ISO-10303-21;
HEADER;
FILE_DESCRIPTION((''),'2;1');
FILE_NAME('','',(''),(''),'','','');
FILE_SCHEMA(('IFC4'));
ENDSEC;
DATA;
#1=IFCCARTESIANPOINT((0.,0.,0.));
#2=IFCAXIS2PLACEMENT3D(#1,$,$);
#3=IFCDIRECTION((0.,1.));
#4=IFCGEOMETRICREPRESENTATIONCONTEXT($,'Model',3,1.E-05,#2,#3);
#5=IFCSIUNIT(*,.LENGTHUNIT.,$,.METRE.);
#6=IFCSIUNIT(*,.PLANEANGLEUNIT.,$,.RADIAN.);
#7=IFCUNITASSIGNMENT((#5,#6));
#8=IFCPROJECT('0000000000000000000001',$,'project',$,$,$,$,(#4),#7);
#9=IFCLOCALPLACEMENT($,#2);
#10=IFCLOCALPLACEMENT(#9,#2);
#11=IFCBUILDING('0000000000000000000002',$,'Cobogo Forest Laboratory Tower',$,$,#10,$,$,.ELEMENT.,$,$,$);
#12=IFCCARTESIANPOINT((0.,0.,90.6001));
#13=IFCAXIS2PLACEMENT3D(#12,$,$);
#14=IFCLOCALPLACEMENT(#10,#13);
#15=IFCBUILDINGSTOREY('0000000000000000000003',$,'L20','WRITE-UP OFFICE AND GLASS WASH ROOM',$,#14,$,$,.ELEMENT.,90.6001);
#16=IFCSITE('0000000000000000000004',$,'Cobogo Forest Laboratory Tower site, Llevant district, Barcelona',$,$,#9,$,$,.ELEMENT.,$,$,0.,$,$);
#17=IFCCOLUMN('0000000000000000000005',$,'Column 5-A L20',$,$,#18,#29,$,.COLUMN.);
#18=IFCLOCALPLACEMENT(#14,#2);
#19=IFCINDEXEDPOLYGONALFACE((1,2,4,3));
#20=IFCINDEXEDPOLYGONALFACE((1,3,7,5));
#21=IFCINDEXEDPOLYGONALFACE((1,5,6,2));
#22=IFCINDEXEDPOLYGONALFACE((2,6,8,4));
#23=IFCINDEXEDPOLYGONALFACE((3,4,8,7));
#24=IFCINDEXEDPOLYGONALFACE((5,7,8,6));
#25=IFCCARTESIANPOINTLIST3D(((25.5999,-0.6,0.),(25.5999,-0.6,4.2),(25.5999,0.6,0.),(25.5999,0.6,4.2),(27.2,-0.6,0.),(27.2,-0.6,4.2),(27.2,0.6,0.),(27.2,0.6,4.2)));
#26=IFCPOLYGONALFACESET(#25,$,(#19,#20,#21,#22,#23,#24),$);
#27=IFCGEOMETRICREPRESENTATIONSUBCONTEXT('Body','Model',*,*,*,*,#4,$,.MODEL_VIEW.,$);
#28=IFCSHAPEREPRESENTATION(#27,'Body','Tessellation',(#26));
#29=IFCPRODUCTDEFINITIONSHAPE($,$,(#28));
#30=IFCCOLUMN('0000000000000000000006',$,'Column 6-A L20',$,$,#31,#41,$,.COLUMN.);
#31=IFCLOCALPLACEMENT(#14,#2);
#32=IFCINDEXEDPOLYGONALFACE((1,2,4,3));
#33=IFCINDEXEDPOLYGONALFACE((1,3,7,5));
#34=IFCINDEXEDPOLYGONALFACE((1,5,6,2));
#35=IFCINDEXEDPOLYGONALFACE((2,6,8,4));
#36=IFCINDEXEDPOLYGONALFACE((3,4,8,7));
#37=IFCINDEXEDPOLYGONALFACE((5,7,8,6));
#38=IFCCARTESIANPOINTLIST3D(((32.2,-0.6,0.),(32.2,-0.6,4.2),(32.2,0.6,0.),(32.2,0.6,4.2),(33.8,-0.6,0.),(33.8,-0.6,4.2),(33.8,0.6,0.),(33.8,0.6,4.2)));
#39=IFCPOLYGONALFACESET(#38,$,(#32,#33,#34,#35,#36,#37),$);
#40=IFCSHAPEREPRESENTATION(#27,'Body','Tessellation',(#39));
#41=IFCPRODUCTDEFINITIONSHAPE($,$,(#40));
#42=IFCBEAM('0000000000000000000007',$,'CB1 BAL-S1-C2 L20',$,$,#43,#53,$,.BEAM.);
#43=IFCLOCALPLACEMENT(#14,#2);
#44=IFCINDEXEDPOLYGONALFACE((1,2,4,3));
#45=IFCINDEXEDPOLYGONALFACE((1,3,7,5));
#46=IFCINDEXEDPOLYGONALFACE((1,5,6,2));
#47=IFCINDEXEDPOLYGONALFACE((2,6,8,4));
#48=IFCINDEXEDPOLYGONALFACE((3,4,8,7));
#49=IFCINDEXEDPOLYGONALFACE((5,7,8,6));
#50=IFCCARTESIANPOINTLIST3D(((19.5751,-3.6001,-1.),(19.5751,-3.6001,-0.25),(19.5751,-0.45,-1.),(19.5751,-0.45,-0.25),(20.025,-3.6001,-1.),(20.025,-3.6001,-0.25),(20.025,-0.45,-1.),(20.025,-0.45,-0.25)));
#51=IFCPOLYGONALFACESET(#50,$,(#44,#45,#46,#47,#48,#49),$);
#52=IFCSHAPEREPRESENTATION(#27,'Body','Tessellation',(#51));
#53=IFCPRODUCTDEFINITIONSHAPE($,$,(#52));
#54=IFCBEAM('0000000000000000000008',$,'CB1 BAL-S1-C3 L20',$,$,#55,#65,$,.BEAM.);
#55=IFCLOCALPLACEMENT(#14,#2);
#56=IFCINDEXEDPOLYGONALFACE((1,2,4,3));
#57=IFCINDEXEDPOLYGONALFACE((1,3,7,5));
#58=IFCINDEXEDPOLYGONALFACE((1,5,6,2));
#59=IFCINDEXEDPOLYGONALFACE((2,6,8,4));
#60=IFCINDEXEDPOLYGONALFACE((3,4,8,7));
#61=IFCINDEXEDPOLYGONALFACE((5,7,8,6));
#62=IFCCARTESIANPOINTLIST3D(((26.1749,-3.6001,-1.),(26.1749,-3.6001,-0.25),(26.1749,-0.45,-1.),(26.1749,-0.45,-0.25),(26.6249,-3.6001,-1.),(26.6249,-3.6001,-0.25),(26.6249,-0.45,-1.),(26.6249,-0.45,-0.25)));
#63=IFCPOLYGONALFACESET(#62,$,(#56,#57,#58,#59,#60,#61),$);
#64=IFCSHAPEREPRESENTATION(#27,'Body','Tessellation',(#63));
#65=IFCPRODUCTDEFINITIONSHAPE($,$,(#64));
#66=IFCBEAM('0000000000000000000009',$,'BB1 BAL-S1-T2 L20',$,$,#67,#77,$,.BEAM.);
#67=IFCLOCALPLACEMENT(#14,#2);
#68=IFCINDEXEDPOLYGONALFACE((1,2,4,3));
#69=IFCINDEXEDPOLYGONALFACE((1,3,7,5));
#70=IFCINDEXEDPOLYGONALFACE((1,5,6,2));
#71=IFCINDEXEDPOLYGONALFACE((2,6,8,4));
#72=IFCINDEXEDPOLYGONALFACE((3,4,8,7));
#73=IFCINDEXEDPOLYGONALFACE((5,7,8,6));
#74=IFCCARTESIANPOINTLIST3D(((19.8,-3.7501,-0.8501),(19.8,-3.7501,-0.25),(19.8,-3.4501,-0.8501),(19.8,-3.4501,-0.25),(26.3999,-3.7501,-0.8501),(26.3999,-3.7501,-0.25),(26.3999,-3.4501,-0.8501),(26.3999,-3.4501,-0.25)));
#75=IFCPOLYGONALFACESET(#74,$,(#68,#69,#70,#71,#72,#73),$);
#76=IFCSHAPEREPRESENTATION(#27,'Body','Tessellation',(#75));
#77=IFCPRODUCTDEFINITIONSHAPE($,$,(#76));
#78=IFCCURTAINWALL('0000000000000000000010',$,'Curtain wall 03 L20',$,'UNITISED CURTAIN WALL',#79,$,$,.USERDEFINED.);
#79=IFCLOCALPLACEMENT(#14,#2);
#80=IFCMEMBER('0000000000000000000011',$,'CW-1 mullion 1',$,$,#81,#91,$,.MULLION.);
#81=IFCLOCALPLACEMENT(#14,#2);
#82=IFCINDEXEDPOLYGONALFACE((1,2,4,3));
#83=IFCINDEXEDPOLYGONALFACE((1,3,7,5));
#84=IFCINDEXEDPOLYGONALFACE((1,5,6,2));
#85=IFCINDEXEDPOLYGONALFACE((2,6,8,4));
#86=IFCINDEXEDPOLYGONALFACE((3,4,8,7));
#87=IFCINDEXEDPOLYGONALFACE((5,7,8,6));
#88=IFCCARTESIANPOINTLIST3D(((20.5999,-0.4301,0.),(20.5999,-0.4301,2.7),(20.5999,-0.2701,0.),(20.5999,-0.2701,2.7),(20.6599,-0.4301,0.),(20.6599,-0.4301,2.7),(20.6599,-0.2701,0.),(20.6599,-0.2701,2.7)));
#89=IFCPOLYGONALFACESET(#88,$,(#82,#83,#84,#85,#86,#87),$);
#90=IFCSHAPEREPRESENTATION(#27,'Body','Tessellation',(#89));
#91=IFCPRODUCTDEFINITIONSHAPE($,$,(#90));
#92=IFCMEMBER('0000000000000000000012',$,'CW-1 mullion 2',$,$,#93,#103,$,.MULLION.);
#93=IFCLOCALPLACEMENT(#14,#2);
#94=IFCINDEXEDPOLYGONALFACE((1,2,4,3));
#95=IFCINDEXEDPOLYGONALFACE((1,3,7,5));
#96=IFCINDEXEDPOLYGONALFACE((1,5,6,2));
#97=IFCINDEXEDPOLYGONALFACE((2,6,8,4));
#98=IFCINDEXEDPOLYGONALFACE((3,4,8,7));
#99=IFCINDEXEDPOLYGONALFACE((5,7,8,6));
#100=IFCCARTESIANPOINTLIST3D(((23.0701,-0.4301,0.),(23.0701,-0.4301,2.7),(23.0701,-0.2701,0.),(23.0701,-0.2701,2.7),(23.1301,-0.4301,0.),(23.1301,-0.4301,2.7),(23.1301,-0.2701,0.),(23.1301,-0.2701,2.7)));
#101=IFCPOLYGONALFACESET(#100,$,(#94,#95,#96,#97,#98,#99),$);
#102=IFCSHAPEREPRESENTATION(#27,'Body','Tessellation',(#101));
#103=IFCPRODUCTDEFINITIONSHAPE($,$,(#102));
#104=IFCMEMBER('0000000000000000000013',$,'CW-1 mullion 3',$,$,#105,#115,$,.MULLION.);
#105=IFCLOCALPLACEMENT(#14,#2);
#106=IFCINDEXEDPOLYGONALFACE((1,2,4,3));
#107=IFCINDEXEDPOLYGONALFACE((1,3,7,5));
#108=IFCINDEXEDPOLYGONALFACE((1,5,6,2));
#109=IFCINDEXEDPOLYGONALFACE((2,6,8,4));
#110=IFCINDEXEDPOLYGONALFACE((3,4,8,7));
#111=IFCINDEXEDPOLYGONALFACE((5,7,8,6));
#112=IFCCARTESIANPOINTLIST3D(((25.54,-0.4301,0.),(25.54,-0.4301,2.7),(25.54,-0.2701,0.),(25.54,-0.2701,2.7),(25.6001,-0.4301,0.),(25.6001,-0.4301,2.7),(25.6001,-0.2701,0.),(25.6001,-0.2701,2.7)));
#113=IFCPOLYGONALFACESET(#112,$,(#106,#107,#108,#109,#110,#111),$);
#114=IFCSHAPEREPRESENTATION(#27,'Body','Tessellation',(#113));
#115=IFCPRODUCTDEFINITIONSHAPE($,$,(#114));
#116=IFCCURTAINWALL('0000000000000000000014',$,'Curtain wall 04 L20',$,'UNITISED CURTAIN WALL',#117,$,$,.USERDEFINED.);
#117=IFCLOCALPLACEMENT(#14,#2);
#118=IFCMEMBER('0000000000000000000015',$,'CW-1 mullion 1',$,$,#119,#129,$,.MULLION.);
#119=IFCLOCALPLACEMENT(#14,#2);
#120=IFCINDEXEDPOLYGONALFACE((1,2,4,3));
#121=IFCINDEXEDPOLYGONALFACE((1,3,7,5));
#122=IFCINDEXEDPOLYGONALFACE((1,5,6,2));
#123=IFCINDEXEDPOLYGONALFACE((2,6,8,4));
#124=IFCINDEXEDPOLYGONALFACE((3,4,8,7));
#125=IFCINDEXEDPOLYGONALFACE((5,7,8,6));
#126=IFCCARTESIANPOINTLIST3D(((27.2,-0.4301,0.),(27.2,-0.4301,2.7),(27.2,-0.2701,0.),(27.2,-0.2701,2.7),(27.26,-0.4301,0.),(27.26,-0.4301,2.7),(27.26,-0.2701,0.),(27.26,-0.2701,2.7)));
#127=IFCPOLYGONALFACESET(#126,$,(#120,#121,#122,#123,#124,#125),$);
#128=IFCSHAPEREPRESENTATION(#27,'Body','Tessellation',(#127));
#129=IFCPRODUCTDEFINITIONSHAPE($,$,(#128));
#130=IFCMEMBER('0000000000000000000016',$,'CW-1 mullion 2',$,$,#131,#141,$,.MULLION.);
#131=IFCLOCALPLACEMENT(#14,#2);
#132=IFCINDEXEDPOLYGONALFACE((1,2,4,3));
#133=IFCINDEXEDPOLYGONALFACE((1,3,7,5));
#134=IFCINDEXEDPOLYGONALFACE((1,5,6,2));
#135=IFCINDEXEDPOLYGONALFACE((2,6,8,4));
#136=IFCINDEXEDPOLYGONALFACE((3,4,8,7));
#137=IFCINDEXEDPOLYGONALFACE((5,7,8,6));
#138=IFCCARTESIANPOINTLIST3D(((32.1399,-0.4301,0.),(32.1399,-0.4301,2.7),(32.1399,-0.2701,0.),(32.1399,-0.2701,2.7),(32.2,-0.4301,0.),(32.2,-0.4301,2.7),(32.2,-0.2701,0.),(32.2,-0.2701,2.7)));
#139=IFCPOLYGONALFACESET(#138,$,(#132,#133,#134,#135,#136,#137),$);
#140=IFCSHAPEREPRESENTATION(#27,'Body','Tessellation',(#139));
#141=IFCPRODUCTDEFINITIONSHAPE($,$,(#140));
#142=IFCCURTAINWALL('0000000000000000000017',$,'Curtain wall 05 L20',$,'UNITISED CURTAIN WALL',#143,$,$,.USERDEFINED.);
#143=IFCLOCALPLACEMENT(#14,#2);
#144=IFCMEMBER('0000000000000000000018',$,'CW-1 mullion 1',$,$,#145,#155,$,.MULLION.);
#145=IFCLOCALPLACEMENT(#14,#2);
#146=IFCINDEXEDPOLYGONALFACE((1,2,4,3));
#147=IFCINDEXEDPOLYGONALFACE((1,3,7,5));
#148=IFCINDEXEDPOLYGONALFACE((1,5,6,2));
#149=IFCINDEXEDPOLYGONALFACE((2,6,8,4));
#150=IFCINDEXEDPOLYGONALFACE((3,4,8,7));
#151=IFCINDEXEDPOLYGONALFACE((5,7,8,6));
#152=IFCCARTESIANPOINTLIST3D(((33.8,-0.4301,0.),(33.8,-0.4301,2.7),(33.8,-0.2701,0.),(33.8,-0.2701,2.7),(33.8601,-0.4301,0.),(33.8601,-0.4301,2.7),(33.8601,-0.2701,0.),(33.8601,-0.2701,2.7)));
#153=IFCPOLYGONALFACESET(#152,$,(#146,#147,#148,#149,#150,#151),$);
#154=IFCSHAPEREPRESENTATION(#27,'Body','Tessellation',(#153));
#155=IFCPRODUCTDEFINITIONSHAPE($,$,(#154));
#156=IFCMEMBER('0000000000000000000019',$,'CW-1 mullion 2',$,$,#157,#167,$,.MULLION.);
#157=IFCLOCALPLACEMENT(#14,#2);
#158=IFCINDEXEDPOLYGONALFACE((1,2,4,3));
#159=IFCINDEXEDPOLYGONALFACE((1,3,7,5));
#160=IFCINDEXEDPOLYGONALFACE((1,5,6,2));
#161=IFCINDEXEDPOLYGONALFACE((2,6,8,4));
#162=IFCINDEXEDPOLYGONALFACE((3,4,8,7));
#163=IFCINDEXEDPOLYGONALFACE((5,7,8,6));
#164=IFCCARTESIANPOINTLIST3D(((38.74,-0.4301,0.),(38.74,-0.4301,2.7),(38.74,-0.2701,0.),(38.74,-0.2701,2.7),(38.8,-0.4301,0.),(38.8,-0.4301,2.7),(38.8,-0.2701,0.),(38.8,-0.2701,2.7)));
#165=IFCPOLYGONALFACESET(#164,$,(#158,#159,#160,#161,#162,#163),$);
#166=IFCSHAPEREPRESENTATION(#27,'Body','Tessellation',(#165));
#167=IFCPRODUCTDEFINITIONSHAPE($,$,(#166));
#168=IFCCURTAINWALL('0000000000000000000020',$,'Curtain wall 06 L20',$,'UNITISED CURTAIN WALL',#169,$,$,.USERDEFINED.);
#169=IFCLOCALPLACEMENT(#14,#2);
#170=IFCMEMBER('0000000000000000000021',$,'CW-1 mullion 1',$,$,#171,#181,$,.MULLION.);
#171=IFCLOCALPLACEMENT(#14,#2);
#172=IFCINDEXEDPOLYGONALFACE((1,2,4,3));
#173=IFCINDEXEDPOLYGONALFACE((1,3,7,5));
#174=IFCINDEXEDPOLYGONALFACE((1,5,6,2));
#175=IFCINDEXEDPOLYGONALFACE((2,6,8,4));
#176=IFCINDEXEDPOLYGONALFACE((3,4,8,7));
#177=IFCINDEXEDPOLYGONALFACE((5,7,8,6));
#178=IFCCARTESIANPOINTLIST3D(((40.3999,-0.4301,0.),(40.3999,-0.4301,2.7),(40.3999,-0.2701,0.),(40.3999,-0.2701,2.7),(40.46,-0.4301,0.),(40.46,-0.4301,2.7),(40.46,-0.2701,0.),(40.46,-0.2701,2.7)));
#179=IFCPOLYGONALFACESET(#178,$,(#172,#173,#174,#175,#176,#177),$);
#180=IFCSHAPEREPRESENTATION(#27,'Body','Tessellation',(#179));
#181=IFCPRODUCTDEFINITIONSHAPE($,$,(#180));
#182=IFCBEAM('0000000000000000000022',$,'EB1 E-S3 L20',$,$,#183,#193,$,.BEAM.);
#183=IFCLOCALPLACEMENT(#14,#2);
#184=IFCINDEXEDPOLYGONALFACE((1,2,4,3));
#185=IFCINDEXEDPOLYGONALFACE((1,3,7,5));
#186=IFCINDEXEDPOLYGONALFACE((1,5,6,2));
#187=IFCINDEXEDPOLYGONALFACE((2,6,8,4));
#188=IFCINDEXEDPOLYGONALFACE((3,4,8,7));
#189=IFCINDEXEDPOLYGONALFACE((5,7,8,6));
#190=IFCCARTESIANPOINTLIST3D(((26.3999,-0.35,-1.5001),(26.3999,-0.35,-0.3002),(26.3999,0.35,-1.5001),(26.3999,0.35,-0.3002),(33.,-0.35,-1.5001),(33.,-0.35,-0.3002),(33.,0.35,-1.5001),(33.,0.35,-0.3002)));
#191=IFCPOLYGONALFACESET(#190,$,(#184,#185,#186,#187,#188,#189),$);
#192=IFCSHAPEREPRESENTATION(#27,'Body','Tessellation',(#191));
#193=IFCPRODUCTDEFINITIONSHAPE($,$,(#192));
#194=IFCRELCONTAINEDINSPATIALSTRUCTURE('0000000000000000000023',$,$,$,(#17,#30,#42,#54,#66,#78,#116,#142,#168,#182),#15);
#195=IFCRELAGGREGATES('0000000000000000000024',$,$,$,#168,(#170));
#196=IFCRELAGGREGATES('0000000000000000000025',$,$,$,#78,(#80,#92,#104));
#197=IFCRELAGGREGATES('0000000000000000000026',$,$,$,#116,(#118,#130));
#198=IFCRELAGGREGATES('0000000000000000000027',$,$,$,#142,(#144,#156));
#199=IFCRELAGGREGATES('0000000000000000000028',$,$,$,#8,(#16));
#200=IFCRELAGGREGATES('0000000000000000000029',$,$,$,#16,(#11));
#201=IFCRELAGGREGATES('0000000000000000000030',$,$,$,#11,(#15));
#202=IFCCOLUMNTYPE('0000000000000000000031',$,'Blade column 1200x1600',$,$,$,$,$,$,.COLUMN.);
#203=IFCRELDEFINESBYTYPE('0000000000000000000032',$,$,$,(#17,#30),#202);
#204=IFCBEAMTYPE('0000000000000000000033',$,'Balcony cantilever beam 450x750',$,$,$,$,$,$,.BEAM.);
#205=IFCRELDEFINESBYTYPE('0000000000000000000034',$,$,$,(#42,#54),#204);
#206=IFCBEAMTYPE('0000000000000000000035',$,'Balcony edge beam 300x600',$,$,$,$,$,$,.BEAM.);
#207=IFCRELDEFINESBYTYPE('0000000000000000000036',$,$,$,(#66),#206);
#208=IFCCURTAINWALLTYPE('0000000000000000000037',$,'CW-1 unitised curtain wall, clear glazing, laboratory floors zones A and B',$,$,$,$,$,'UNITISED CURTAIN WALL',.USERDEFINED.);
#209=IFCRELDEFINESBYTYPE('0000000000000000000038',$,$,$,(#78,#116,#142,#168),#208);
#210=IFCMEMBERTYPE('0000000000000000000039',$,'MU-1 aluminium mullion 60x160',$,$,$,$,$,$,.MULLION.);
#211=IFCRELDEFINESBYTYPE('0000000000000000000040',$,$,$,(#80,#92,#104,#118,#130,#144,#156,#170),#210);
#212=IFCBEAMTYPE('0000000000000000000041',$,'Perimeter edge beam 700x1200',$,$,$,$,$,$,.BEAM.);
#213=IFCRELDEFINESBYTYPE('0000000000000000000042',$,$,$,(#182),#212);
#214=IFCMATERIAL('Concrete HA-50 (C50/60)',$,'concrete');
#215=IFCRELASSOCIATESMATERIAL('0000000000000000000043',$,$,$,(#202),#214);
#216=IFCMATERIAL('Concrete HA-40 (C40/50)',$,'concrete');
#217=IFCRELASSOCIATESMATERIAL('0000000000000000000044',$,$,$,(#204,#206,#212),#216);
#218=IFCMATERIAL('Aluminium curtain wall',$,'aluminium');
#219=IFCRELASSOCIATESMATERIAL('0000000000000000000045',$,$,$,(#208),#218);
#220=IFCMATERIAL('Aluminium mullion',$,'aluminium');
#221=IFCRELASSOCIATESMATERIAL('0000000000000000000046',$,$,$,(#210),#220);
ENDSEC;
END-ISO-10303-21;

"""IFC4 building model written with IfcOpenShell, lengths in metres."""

from ifc_helpers import new_model, si_unit, direction, frame, origin, origin_2d, place, context, subcontext, project, spatial, rectangle, extrude, material, material_profile, profile_set, type_object, element, aggregate, save


model = new_model("IFC4")

# Units and contexts
model_context = context("Model", 3, precision=1e-05, world=origin(), true_north=direction((0.0, 1.0)))
body_context = subcontext(model_context, "Body", "Model", "MODEL_VIEW")
ifc_project = project(units=[si_unit("LENGTHUNIT", "METRE"), si_unit("PLANEANGLEUNIT", "RADIAN")], contexts=[model_context])

# Site, building, storey
site_placement = place(None, origin())
site = spatial("IfcSite", under=ifc_project, at=site_placement, Name="Cobogo Forest Laboratory Tower site, Llevant district, Barcelona", CompositionType="ELEMENT", RefElevation=0.0)
building_placement = place(site_placement, origin())
building = spatial("IfcBuilding", under=site, at=building_placement, Name="Cobogo Forest Laboratory Tower", CompositionType="ELEMENT")
storey_placement = place(building_placement, frame((0.0, 0.0, 90.6001)))
storey = spatial("IfcBuildingStorey", under=building, at=storey_placement, Name="L20", Description="WRITE-UP OFFICE AND GLASS WASH ROOM", CompositionType="ELEMENT", Elevation=90.6001)

# Columns
ifc_material_1 = material(Name="Concrete HA-50 (C50/60)", Category="concrete")
ifc_material_profile_1 = material_profile(ifc_material_1, rectangle(XDim=1.6001, YDim=1.2, at=origin_2d()), Name="RC 1200x1600")
ifc_profile_set_1 = profile_set([ifc_material_profile_1], Name="Concrete HA-50 (C50/60)")
column_type = type_object("IfcColumnType", Name="Blade column 1200x1600", PredefinedType="COLUMN", material=ifc_profile_set_1)
for number, where, z_axis, x_axis, name in (
    (1, (26.3999, 0.0, 0.0), (0.0, 0.0, 1.0), (1.0, 0.0, 0.0), "Column 5-A L20"),
    (2, (33.0, 0.0, 0.0), (0.0, 0.0, 1.0), (1.0, 0.0, 0.0), "Column 6-A L20"),
):
    element("IfcColumn", number, at=place(storey_placement, frame(where, z_axis=z_axis, x_axis=x_axis)), inside=storey, type_object=column_type, Name=name, PredefinedType="COLUMN", context=body_context, shape_type="SweptSolid", body=[
        extrude(rectangle(XDim=1.6001, YDim=1.2, at=origin_2d()), origin(), (0.0, 0.0, 1.0), 4.2),
    ])

# Beams
ifc_material_2 = material(Name="Concrete HA-40 (C40/50)", Category="concrete")
ifc_material_profile_2 = material_profile(ifc_material_2, rectangle(XDim=0.45, YDim=0.75, at=origin_2d()), Name="RC 450x750")
ifc_profile_set_2 = profile_set([ifc_material_profile_2], Name="Concrete HA-40 (C40/50)")
beam_type_1 = type_object("IfcBeamType", Name="Balcony cantilever beam 450x750", PredefinedType="BEAM", material=ifc_profile_set_2)
for number, where, z_axis, x_axis, name in (
    (3, (19.8, -0.45, -0.625), (0.0, -1.0, 0.0), (1.0, 0.0, 0.0), "CB1 BAL-S1-C2 L20"),
    (4, (26.3999, -0.45, -0.625), (0.0, -1.0, 0.0), (1.0, 0.0, 0.0), "CB1 BAL-S1-C3 L20"),
):
    element("IfcBeam", number, at=place(storey_placement, frame(where, z_axis=z_axis, x_axis=x_axis)), inside=storey, type_object=beam_type_1, Name=name, PredefinedType="BEAM", context=body_context, shape_type="SweptSolid", body=[
        extrude(rectangle(XDim=0.45, YDim=0.75, at=origin_2d()), origin(), (0.0, 0.0, 1.0), 3.1501),
    ])
ifc_material_profile_3 = material_profile(ifc_material_2, rectangle(XDim=0.3, YDim=0.6001, at=origin_2d()), Name="RC 300x600")
ifc_profile_set_3 = profile_set([ifc_material_profile_3], Name="Concrete HA-40 (C40/50)")
beam_type_2 = type_object("IfcBeamType", Name="Balcony edge beam 300x600", PredefinedType="BEAM", material=ifc_profile_set_3)
beam_1_placement = place(storey_placement, frame((19.8, -3.6001, -0.55), z_axis=(1.0, 0.0, 0.0), x_axis=(0.0, 1.0, 0.0)))
element("IfcBeam", 5, at=beam_1_placement, inside=storey, type_object=beam_type_2, Name="BB1 BAL-S1-T2 L20", PredefinedType="BEAM", context=body_context, shape_type="SweptSolid", body=[
    extrude(rectangle(XDim=0.3, YDim=0.6001, at=origin_2d()), origin(), (0.0, 0.0, 1.0), 6.5999),
])

# Curtain walls, members
ifc_material_3 = material(Name="Aluminium curtain wall", Category="aluminium")
curtain_wall_type = type_object("IfcCurtainWallType", Name="CW-1 unitised curtain wall, clear glazing, laboratory floors zones A and B", ElementType="UNITISED CURTAIN WALL", PredefinedType="USERDEFINED", material=ifc_material_3)
curtain_wall_1_placement = place(storey_placement, origin())
curtain_wall_1 = element("IfcCurtainWall", 6, at=curtain_wall_1_placement, inside=storey, type_object=curtain_wall_type, Name="Curtain wall 03 L20", ObjectType="UNITISED CURTAIN WALL", PredefinedType="USERDEFINED")
ifc_material_4 = material(Name="Aluminium mullion", Category="aluminium")
ifc_material_profile_4 = material_profile(ifc_material_4, rectangle(XDim=0.0601, YDim=0.1599, at=origin_2d()), Name="AL 60x160")
ifc_profile_set_4 = profile_set([ifc_material_profile_4], Name="Aluminium mullion")
member_type_1 = type_object("IfcMemberType", Name="MU-1 aluminium mullion 60x160", PredefinedType="MULLION", material=ifc_profile_set_4)
member_1_placement = place(storey_placement, frame((20.6299, -0.3501, 0.0), z_axis=(0.0, 0.0, 1.0), x_axis=(1.0, 0.0, 0.0)))
member_1 = element("IfcMember", 7, at=member_1_placement, type_object=member_type_1, Name="CW-1 mullion 1", PredefinedType="MULLION", context=body_context, shape_type="SweptSolid", body=[
    extrude(rectangle(XDim=0.0601, YDim=0.1599, at=origin_2d()), origin(), (0.0, 0.0, 1.0), 2.7),
])
member_2_placement = place(storey_placement, frame((23.1001, -0.3501, 0.0), z_axis=(0.0, 0.0, 1.0), x_axis=(1.0, 0.0, 0.0)))
member_2 = element("IfcMember", 8, at=member_2_placement, type_object=member_type_1, Name="CW-1 mullion 2", PredefinedType="MULLION", context=body_context, shape_type="SweptSolid", body=[
    extrude(rectangle(XDim=0.0601, YDim=0.1599, at=origin_2d()), origin(), (0.0, 0.0, 1.0), 2.7),
])
member_3_placement = place(storey_placement, frame((25.5701, -0.3501, 0.0), z_axis=(0.0, 0.0, 1.0), x_axis=(1.0, 0.0, 0.0)))
member_3 = element("IfcMember", 9, at=member_3_placement, type_object=member_type_1, Name="CW-1 mullion 3", PredefinedType="MULLION", context=body_context, shape_type="SweptSolid", body=[
    extrude(rectangle(XDim=0.0601, YDim=0.1599, at=origin_2d()), origin(), (0.0, 0.0, 1.0), 2.7),
])
curtain_wall_2_placement = place(storey_placement, origin())
curtain_wall_2 = element("IfcCurtainWall", 10, at=curtain_wall_2_placement, inside=storey, type_object=curtain_wall_type, Name="Curtain wall 04 L20", ObjectType="UNITISED CURTAIN WALL", PredefinedType="USERDEFINED")
member_4_placement = place(storey_placement, frame((27.23, -0.3501, 0.0), z_axis=(0.0, 0.0, 1.0), x_axis=(1.0, 0.0, 0.0)))
member_4 = element("IfcMember", 11, at=member_4_placement, type_object=member_type_1, Name="CW-1 mullion 1", PredefinedType="MULLION", context=body_context, shape_type="SweptSolid", body=[
    extrude(rectangle(XDim=0.0601, YDim=0.1599, at=origin_2d()), origin(), (0.0, 0.0, 1.0), 2.7),
])
member_5_placement = place(storey_placement, frame((32.1699, -0.3501, 0.0), z_axis=(0.0, 0.0, 1.0), x_axis=(1.0, 0.0, 0.0)))
member_5 = element("IfcMember", 12, at=member_5_placement, type_object=member_type_1, Name="CW-1 mullion 2", PredefinedType="MULLION", context=body_context, shape_type="SweptSolid", body=[
    extrude(rectangle(XDim=0.0601, YDim=0.1599, at=origin_2d()), origin(), (0.0, 0.0, 1.0), 2.7),
])
curtain_wall_3_placement = place(storey_placement, origin())
curtain_wall_3 = element("IfcCurtainWall", 13, at=curtain_wall_3_placement, inside=storey, type_object=curtain_wall_type, Name="Curtain wall 05 L20", ObjectType="UNITISED CURTAIN WALL", PredefinedType="USERDEFINED")
member_6_placement = place(storey_placement, frame((33.8301, -0.3501, 0.0), z_axis=(0.0, 0.0, 1.0), x_axis=(1.0, 0.0, 0.0)))
member_6 = element("IfcMember", 14, at=member_6_placement, type_object=member_type_1, Name="CW-1 mullion 1", PredefinedType="MULLION", context=body_context, shape_type="SweptSolid", body=[
    extrude(rectangle(XDim=0.0601, YDim=0.1599, at=origin_2d()), origin(), (0.0, 0.0, 1.0), 2.7),
])
member_7_placement = place(storey_placement, frame((38.77, -0.3501, 0.0), z_axis=(0.0, 0.0, 1.0), x_axis=(1.0, 0.0, 0.0)))
member_7 = element("IfcMember", 15, at=member_7_placement, type_object=member_type_1, Name="CW-1 mullion 2", PredefinedType="MULLION", context=body_context, shape_type="SweptSolid", body=[
    extrude(rectangle(XDim=0.0601, YDim=0.1599, at=origin_2d()), origin(), (0.0, 0.0, 1.0), 2.7),
])

# Curtain wall, member
curtain_wall_4_placement = place(storey_placement, origin())
curtain_wall_4 = element("IfcCurtainWall", 16, at=curtain_wall_4_placement, inside=storey, type_object=curtain_wall_type, Name="Curtain wall 06 L20", ObjectType="UNITISED CURTAIN WALL", PredefinedType="USERDEFINED")
member_8_placement = place(storey_placement, frame((40.4299, -0.3501, 0.0), z_axis=(0.0, 0.0, 1.0), x_axis=(1.0, 0.0, 0.0)))
member_8 = element("IfcMember", 17, at=member_8_placement, type_object=member_type_1, Name="CW-1 mullion 1", PredefinedType="MULLION", context=body_context, shape_type="SweptSolid", body=[
    extrude(rectangle(XDim=0.0601, YDim=0.1599, at=origin_2d()), origin(), (0.0, 0.0, 1.0), 2.7),
])

# Beam
ifc_material_profile_5 = material_profile(ifc_material_2, rectangle(XDim=0.7, YDim=1.2, at=origin_2d()), Name="RC 700x1200")
ifc_profile_set_5 = profile_set([ifc_material_profile_5], Name="Concrete HA-40 (C40/50)")
beam_type_3 = type_object("IfcBeamType", Name="Perimeter edge beam 700x1200", PredefinedType="BEAM", material=ifc_profile_set_5)
beam_2_placement = place(storey_placement, frame((26.3999, 0.0, -0.9001), z_axis=(1.0, 0.0, 0.0), x_axis=(0.0, 1.0, 0.0)))
element("IfcBeam", 18, at=beam_2_placement, inside=storey, type_object=beam_type_3, Name="EB1 E-S3 L20", PredefinedType="BEAM", context=body_context, shape_type="SweptSolid", body=[
    extrude(rectangle(XDim=0.7, YDim=1.2, at=origin_2d()), origin(), (0.0, 0.0, 1.0), 6.6001),
])

aggregate(curtain_wall_4, [member_8])

aggregate(curtain_wall_1, [member_1, member_2, member_3])
aggregate(curtain_wall_2, [member_4, member_5])
aggregate(curtain_wall_3, [member_6, member_7])

save(model, "model.ifc")
